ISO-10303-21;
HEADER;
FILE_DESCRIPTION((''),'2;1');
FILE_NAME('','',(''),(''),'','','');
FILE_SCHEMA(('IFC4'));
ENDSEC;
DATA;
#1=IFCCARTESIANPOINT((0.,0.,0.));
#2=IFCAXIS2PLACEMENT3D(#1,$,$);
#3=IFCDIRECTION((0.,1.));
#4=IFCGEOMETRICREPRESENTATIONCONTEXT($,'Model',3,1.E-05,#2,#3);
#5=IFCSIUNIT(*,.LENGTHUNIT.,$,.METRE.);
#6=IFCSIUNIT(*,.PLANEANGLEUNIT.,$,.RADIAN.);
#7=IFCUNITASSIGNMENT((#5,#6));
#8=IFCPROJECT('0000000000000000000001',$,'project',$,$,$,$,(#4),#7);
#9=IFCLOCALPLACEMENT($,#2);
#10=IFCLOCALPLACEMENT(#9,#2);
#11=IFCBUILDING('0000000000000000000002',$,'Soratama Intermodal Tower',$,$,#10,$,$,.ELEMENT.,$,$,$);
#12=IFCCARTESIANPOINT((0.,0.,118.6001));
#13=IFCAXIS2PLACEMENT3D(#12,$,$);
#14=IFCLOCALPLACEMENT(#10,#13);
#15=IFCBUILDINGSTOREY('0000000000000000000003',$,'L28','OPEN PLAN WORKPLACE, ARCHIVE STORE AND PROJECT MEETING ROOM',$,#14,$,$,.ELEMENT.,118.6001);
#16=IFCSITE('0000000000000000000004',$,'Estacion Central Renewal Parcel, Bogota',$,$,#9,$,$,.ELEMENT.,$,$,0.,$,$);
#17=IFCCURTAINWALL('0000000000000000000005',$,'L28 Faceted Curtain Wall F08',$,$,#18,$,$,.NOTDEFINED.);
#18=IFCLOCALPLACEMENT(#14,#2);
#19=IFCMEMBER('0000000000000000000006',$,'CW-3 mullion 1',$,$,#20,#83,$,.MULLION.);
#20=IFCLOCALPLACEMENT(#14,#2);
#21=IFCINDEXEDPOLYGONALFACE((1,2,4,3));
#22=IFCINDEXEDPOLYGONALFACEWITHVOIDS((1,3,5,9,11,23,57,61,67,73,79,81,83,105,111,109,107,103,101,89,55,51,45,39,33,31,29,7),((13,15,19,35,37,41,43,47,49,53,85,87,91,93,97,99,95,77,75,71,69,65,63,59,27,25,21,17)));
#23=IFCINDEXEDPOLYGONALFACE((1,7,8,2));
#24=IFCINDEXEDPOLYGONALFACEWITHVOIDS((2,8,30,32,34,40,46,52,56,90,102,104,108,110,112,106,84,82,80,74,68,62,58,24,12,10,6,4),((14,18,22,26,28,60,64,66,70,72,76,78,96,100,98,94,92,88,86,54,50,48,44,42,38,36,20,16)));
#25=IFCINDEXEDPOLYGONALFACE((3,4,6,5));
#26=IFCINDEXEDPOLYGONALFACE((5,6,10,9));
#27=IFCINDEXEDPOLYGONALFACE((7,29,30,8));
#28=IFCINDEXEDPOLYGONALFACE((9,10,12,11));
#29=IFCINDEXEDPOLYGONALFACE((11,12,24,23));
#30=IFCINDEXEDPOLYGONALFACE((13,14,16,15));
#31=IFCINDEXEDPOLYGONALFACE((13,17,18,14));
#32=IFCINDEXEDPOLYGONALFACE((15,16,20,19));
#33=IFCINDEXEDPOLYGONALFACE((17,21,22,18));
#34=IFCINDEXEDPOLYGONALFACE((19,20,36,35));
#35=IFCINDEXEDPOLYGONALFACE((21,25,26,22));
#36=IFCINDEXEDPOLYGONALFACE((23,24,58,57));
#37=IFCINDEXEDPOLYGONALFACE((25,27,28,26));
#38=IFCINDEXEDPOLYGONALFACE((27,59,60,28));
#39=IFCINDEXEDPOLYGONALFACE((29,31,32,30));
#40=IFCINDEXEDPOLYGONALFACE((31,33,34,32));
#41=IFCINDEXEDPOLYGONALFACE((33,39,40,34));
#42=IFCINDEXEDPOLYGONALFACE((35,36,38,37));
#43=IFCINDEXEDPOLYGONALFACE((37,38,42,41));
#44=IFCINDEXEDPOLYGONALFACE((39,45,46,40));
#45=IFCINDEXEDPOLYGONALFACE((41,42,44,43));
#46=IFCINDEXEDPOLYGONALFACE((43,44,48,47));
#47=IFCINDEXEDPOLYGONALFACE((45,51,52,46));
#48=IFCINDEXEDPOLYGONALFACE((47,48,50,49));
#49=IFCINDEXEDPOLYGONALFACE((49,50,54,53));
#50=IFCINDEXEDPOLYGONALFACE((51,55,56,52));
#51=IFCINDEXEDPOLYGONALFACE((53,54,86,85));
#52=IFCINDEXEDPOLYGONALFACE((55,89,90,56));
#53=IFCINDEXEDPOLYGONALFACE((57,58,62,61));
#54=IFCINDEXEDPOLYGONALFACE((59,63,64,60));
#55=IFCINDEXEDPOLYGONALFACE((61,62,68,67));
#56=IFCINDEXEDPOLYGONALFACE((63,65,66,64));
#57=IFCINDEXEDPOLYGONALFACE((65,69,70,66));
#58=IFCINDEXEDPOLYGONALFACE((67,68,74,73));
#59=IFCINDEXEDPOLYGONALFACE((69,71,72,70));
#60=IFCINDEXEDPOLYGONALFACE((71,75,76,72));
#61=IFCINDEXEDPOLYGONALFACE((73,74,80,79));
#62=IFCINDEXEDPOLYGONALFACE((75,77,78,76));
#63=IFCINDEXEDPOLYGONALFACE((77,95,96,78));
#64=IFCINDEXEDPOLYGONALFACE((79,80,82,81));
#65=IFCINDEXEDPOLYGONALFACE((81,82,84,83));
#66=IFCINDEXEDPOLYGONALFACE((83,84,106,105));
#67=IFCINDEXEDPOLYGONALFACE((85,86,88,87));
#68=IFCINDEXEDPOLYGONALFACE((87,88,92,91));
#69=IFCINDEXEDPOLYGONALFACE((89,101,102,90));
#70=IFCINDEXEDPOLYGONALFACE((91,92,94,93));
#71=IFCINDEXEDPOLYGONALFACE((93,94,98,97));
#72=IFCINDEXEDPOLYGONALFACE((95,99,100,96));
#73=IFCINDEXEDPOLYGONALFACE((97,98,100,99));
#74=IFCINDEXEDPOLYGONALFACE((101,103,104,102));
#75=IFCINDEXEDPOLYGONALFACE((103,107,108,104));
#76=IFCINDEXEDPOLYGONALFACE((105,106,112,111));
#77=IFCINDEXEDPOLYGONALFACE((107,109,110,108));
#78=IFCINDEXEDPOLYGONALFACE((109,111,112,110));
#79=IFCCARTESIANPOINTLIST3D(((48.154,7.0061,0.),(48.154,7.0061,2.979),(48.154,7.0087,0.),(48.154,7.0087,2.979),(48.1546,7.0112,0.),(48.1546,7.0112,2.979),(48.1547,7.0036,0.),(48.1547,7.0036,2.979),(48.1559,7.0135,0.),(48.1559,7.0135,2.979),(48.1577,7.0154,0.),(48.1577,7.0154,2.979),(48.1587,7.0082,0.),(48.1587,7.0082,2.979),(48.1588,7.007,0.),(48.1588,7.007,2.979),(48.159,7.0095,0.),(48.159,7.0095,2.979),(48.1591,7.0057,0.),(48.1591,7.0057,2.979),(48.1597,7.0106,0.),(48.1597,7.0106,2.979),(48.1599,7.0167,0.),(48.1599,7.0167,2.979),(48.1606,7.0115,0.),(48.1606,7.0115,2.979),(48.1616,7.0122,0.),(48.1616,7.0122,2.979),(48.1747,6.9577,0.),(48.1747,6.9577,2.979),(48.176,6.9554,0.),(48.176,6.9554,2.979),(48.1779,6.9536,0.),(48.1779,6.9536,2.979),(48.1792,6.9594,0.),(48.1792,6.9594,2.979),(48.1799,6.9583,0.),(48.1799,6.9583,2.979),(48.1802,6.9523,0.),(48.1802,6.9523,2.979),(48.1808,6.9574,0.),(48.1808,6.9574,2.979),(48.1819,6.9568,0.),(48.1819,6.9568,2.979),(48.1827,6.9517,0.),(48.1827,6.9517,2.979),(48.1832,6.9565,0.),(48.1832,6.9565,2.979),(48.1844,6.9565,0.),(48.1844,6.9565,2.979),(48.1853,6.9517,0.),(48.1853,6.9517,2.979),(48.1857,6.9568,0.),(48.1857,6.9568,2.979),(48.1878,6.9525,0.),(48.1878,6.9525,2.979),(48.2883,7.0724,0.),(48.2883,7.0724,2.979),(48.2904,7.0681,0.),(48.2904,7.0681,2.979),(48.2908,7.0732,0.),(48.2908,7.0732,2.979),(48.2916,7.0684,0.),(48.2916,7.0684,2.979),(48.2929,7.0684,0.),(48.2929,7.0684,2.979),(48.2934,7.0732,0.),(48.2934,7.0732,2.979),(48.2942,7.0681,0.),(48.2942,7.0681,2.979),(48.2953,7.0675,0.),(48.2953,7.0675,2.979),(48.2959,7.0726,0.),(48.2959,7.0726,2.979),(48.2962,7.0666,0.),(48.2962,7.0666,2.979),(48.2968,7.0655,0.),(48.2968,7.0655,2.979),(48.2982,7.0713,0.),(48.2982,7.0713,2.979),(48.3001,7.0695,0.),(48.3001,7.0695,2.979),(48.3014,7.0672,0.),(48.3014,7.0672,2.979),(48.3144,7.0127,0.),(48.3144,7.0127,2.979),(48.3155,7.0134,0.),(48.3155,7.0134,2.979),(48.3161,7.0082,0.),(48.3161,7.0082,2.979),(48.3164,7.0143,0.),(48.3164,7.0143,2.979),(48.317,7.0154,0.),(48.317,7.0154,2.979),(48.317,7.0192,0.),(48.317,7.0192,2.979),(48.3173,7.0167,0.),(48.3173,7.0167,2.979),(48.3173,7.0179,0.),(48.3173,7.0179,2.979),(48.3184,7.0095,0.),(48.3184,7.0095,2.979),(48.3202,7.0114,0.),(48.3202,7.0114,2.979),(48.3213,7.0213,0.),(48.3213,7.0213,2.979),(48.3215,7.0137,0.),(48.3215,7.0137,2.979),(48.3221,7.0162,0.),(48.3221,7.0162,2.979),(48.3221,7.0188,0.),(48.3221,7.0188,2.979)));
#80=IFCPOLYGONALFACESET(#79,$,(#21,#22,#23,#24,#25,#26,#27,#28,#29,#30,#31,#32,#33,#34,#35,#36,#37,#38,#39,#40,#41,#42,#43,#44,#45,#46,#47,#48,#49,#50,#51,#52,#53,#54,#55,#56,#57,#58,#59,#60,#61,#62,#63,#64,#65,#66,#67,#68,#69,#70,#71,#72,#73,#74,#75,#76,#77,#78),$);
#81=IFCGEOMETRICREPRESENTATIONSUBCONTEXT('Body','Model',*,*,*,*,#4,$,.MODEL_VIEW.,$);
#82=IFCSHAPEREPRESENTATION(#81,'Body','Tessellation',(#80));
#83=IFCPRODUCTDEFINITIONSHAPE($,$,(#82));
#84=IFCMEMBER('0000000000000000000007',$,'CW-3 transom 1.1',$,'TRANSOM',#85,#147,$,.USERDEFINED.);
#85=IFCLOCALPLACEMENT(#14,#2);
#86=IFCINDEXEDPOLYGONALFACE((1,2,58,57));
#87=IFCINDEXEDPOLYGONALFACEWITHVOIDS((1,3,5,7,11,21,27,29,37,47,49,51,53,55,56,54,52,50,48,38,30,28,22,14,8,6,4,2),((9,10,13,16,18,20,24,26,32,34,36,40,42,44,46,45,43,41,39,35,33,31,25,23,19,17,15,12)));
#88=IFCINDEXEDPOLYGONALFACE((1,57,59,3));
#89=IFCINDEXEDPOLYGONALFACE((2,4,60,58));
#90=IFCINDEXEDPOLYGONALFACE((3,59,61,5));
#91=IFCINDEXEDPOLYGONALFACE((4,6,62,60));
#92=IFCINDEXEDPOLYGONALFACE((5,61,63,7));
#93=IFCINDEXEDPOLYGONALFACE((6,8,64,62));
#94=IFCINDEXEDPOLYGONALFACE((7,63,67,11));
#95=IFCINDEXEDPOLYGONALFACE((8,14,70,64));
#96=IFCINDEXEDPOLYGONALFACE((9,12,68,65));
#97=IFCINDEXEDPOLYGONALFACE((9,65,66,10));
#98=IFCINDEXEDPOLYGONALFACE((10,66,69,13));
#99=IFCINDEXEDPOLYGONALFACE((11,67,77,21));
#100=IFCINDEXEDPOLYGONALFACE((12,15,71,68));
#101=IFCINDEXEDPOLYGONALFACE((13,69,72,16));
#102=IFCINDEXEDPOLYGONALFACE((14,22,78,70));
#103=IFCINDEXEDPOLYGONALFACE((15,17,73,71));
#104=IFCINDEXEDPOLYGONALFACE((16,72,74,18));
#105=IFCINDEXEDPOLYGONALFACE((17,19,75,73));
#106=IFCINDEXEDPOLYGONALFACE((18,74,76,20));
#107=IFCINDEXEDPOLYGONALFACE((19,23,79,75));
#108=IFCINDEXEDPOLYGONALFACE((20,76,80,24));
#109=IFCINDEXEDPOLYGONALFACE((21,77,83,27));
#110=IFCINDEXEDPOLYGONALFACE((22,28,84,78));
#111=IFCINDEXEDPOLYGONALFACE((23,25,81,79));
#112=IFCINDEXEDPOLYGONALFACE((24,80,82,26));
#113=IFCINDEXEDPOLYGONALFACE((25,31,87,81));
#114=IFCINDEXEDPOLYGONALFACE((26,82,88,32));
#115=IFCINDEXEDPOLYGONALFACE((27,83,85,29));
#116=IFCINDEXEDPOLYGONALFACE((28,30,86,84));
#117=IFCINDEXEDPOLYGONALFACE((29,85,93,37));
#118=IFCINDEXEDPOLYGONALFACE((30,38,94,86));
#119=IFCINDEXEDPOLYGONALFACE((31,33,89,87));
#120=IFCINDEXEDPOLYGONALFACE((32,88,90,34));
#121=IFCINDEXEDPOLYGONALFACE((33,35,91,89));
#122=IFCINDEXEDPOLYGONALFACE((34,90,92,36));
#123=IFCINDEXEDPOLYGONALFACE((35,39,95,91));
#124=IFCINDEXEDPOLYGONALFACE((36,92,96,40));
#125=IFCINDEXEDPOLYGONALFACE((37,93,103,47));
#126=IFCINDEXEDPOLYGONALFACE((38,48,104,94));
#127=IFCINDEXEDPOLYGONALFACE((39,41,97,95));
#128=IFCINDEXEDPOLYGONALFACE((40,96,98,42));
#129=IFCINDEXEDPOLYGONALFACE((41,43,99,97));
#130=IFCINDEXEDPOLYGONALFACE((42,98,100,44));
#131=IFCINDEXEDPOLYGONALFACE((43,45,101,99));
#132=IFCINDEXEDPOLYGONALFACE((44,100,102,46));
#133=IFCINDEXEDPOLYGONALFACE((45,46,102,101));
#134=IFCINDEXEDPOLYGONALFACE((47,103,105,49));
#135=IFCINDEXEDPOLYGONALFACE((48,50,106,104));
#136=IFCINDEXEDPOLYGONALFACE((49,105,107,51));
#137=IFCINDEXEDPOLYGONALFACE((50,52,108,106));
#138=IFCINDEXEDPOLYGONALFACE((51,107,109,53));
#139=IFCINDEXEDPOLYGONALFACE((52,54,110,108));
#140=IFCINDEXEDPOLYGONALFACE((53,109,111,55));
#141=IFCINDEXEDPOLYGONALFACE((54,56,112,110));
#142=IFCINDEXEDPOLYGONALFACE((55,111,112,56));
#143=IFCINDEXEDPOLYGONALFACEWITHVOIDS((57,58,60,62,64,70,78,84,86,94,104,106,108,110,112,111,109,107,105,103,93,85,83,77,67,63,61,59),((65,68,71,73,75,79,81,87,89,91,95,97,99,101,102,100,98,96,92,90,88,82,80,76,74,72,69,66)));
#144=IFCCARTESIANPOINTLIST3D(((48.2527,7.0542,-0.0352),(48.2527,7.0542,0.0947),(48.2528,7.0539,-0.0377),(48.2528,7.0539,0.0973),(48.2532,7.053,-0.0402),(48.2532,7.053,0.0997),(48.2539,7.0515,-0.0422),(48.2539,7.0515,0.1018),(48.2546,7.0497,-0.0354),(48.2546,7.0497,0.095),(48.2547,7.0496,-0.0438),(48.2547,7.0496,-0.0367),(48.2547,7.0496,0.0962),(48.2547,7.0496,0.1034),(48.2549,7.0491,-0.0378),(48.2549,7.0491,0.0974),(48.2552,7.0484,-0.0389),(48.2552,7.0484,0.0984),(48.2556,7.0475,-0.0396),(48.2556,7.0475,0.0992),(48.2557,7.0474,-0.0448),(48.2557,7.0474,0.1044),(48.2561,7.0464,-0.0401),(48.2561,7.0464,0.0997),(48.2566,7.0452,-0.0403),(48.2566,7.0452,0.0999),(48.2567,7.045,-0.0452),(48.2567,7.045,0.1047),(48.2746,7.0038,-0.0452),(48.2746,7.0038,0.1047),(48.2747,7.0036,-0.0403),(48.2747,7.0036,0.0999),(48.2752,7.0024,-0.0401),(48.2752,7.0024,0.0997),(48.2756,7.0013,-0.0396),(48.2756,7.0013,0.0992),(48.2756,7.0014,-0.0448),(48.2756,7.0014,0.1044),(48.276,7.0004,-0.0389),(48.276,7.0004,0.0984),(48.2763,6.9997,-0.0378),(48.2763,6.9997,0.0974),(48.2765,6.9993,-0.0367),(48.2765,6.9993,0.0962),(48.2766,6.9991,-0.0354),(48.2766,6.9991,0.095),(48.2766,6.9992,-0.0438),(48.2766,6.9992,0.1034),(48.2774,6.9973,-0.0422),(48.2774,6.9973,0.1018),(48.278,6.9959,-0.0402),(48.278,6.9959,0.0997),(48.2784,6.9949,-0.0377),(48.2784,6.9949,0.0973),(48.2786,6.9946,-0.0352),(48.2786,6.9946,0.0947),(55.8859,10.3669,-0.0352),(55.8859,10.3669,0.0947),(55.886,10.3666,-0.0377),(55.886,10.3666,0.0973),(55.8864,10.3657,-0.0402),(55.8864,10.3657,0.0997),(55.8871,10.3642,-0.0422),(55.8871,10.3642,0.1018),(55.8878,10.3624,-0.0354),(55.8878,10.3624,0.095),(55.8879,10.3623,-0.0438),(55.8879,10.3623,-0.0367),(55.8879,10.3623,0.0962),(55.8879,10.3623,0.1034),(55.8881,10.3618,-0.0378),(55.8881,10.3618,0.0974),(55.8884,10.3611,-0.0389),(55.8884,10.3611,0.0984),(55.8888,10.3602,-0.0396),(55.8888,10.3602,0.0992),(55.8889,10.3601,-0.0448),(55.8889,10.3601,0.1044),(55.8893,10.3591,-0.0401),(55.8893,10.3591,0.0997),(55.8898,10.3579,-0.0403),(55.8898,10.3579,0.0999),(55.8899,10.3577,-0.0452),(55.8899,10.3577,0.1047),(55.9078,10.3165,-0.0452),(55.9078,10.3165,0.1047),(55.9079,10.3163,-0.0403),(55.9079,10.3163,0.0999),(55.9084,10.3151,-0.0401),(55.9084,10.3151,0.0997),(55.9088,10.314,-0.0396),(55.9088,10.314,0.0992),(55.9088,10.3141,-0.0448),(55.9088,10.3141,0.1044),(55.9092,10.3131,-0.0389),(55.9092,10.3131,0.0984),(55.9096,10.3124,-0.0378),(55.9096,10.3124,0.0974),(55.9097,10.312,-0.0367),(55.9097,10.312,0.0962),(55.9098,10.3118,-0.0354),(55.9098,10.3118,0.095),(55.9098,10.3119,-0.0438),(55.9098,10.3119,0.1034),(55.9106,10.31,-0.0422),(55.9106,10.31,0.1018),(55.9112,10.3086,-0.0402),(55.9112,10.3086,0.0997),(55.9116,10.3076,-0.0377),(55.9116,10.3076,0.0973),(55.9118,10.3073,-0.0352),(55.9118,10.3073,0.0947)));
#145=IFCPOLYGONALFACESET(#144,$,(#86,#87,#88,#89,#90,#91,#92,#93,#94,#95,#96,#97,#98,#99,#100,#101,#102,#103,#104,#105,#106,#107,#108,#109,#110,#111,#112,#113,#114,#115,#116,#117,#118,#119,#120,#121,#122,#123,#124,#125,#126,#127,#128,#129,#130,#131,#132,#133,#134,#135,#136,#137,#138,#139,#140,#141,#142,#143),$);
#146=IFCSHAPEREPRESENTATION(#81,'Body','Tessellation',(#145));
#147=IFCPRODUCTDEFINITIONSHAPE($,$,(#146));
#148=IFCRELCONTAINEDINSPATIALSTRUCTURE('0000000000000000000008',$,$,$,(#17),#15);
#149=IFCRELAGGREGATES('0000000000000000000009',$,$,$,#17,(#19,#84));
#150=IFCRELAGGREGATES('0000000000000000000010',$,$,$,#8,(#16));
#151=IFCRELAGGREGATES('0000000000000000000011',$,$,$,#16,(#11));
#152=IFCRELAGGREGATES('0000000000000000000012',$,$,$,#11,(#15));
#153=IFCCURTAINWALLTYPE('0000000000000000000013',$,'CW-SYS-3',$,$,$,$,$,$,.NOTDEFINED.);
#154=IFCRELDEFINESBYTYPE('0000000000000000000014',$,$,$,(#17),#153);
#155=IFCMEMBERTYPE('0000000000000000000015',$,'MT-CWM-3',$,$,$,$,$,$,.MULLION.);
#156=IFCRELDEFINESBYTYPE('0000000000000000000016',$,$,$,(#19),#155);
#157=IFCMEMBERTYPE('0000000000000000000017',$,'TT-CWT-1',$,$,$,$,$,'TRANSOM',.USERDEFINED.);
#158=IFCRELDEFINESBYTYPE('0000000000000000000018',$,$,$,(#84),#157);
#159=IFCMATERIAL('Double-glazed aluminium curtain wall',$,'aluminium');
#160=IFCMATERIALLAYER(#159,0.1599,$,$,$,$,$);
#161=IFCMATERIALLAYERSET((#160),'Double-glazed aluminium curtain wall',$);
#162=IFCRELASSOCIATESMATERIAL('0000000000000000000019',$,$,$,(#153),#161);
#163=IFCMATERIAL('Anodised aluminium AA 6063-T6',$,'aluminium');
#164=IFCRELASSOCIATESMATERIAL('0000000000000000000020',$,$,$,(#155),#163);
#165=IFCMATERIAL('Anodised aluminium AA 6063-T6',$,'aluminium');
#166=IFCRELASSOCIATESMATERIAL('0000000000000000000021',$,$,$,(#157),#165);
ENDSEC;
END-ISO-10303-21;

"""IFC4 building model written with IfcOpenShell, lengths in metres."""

from ifc_helpers import new_model, si_unit, direction, frame, origin, origin_2d, place, context, subcontext, project, spatial, hollow_rectangle, extrude, material, layer, layer_set, material_profile, profile_set, type_object, element, aggregate, save


model = new_model("IFC4")

# Units and contexts
model_context = context("Model", 3, precision=1e-05, world=origin(), true_north=direction((0.0, 1.0)))
body_context = subcontext(model_context, "Body", "Model", "MODEL_VIEW")
ifc_project = project(units=[si_unit("LENGTHUNIT", "METRE"), si_unit("PLANEANGLEUNIT", "RADIAN")], contexts=[model_context])

# Site, building, storey
site_placement = place(None, origin())
site = spatial("IfcSite", under=ifc_project, at=site_placement, Name="Estacion Central Renewal Parcel, Bogota", CompositionType="ELEMENT", RefElevation=0.0)
building_placement = place(site_placement, origin())
building = spatial("IfcBuilding", under=site, at=building_placement, Name="Soratama Intermodal Tower", CompositionType="ELEMENT")
storey_placement = place(building_placement, frame((0.0, 0.0, 118.6001)))
storey = spatial("IfcBuildingStorey", under=building, at=storey_placement, Name="L28", Description="OPEN PLAN WORKPLACE, ARCHIVE STORE AND PROJECT MEETING ROOM", CompositionType="ELEMENT", Elevation=118.6001)

# Curtain wall, members
ifc_material_1 = material(Name="Double-glazed aluminium curtain wall", Category="aluminium")
ifc_layer_1 = layer(ifc_material_1, 0.1599)
ifc_layer_set_1 = layer_set([ifc_layer_1], Name="Double-glazed aluminium curtain wall")
curtain_wall_type = type_object("IfcCurtainWallType", Name="CW-SYS-3", PredefinedType="NOTDEFINED", material=ifc_layer_set_1)
curtain_wall_placement = place(storey_placement, origin())
curtain_wall = element("IfcCurtainWall", 1, at=curtain_wall_placement, inside=storey, type_object=curtain_wall_type, Name="L28 Faceted Curtain Wall F08", PredefinedType="NOTDEFINED")
ifc_material_2 = material(Name="Anodised aluminium AA 6063-T6", Category="aluminium")
ifc_material_profile_1 = material_profile(ifc_material_2, hollow_rectangle(XDim=0.0701, YDim=0.1599, WallThickness=0.0049, InnerFilletRadius=0.0049, OuterFilletRadius=0.01, at=origin_2d()), Name="CWM160X70X5")
ifc_profile_set_1 = profile_set([ifc_material_profile_1], Name="Anodised aluminium AA 6063-T6")
member_type_1 = type_object("IfcMemberType", Name="MT-CWM-3", PredefinedType="MULLION", material=ifc_profile_set_1)
member_1_placement = place(storey_placement, frame((48.238, 7.0125, 0.0), z_axis=(0.0, 0.0, 1.0), x_axis=(-0.398104, 0.91734, 0.0)))
member_1 = element("IfcMember", 2, at=member_1_placement, type_object=member_type_1, Name="CW-3 mullion 1", PredefinedType="MULLION", context=body_context, shape_type="SweptSolid", body=[
    extrude(hollow_rectangle(XDim=0.0701, YDim=0.1599, WallThickness=0.0049, InnerFilletRadius=0.0049, OuterFilletRadius=0.01, at=origin_2d()), origin(), (0.0, 0.0, 1.0), 2.979),
])
ifc_material_3 = material(Name="Anodised aluminium AA 6063-T6", Category="aluminium")
ifc_material_profile_2 = material_profile(ifc_material_3, hollow_rectangle(XDim=0.0649, YDim=0.1499, WallThickness=0.0049, InnerFilletRadius=0.0049, OuterFilletRadius=0.01, at=origin_2d()), Name="CWT150X65X5")
ifc_profile_set_2 = profile_set([ifc_material_profile_2], Name="Anodised aluminium AA 6063-T6")
member_type_2 = type_object("IfcMemberType", Name="TT-CWT-1", ElementType="TRANSOM", PredefinedType="USERDEFINED", material=ifc_profile_set_2)
member_2_placement = place(storey_placement, frame((48.2656, 7.0244, 0.0298), z_axis=(0.917337, 0.398111, 0.0), x_axis=(-0.398111, 0.917337, 0.0)))
member_2 = element("IfcMember", 3, at=member_2_placement, type_object=member_type_2, Name="CW-3 transom 1.1", ObjectType="TRANSOM", PredefinedType="USERDEFINED", context=body_context, shape_type="SweptSolid", body=[
    extrude(hollow_rectangle(XDim=0.0649, YDim=0.1499, WallThickness=0.0049, InnerFilletRadius=0.0049, OuterFilletRadius=0.01, at=origin_2d()), origin(), (0.0, 0.0, 1.0), 8.321),
])
aggregate(curtain_wall, [member_1, member_2])

save(model, "model.ifc")
